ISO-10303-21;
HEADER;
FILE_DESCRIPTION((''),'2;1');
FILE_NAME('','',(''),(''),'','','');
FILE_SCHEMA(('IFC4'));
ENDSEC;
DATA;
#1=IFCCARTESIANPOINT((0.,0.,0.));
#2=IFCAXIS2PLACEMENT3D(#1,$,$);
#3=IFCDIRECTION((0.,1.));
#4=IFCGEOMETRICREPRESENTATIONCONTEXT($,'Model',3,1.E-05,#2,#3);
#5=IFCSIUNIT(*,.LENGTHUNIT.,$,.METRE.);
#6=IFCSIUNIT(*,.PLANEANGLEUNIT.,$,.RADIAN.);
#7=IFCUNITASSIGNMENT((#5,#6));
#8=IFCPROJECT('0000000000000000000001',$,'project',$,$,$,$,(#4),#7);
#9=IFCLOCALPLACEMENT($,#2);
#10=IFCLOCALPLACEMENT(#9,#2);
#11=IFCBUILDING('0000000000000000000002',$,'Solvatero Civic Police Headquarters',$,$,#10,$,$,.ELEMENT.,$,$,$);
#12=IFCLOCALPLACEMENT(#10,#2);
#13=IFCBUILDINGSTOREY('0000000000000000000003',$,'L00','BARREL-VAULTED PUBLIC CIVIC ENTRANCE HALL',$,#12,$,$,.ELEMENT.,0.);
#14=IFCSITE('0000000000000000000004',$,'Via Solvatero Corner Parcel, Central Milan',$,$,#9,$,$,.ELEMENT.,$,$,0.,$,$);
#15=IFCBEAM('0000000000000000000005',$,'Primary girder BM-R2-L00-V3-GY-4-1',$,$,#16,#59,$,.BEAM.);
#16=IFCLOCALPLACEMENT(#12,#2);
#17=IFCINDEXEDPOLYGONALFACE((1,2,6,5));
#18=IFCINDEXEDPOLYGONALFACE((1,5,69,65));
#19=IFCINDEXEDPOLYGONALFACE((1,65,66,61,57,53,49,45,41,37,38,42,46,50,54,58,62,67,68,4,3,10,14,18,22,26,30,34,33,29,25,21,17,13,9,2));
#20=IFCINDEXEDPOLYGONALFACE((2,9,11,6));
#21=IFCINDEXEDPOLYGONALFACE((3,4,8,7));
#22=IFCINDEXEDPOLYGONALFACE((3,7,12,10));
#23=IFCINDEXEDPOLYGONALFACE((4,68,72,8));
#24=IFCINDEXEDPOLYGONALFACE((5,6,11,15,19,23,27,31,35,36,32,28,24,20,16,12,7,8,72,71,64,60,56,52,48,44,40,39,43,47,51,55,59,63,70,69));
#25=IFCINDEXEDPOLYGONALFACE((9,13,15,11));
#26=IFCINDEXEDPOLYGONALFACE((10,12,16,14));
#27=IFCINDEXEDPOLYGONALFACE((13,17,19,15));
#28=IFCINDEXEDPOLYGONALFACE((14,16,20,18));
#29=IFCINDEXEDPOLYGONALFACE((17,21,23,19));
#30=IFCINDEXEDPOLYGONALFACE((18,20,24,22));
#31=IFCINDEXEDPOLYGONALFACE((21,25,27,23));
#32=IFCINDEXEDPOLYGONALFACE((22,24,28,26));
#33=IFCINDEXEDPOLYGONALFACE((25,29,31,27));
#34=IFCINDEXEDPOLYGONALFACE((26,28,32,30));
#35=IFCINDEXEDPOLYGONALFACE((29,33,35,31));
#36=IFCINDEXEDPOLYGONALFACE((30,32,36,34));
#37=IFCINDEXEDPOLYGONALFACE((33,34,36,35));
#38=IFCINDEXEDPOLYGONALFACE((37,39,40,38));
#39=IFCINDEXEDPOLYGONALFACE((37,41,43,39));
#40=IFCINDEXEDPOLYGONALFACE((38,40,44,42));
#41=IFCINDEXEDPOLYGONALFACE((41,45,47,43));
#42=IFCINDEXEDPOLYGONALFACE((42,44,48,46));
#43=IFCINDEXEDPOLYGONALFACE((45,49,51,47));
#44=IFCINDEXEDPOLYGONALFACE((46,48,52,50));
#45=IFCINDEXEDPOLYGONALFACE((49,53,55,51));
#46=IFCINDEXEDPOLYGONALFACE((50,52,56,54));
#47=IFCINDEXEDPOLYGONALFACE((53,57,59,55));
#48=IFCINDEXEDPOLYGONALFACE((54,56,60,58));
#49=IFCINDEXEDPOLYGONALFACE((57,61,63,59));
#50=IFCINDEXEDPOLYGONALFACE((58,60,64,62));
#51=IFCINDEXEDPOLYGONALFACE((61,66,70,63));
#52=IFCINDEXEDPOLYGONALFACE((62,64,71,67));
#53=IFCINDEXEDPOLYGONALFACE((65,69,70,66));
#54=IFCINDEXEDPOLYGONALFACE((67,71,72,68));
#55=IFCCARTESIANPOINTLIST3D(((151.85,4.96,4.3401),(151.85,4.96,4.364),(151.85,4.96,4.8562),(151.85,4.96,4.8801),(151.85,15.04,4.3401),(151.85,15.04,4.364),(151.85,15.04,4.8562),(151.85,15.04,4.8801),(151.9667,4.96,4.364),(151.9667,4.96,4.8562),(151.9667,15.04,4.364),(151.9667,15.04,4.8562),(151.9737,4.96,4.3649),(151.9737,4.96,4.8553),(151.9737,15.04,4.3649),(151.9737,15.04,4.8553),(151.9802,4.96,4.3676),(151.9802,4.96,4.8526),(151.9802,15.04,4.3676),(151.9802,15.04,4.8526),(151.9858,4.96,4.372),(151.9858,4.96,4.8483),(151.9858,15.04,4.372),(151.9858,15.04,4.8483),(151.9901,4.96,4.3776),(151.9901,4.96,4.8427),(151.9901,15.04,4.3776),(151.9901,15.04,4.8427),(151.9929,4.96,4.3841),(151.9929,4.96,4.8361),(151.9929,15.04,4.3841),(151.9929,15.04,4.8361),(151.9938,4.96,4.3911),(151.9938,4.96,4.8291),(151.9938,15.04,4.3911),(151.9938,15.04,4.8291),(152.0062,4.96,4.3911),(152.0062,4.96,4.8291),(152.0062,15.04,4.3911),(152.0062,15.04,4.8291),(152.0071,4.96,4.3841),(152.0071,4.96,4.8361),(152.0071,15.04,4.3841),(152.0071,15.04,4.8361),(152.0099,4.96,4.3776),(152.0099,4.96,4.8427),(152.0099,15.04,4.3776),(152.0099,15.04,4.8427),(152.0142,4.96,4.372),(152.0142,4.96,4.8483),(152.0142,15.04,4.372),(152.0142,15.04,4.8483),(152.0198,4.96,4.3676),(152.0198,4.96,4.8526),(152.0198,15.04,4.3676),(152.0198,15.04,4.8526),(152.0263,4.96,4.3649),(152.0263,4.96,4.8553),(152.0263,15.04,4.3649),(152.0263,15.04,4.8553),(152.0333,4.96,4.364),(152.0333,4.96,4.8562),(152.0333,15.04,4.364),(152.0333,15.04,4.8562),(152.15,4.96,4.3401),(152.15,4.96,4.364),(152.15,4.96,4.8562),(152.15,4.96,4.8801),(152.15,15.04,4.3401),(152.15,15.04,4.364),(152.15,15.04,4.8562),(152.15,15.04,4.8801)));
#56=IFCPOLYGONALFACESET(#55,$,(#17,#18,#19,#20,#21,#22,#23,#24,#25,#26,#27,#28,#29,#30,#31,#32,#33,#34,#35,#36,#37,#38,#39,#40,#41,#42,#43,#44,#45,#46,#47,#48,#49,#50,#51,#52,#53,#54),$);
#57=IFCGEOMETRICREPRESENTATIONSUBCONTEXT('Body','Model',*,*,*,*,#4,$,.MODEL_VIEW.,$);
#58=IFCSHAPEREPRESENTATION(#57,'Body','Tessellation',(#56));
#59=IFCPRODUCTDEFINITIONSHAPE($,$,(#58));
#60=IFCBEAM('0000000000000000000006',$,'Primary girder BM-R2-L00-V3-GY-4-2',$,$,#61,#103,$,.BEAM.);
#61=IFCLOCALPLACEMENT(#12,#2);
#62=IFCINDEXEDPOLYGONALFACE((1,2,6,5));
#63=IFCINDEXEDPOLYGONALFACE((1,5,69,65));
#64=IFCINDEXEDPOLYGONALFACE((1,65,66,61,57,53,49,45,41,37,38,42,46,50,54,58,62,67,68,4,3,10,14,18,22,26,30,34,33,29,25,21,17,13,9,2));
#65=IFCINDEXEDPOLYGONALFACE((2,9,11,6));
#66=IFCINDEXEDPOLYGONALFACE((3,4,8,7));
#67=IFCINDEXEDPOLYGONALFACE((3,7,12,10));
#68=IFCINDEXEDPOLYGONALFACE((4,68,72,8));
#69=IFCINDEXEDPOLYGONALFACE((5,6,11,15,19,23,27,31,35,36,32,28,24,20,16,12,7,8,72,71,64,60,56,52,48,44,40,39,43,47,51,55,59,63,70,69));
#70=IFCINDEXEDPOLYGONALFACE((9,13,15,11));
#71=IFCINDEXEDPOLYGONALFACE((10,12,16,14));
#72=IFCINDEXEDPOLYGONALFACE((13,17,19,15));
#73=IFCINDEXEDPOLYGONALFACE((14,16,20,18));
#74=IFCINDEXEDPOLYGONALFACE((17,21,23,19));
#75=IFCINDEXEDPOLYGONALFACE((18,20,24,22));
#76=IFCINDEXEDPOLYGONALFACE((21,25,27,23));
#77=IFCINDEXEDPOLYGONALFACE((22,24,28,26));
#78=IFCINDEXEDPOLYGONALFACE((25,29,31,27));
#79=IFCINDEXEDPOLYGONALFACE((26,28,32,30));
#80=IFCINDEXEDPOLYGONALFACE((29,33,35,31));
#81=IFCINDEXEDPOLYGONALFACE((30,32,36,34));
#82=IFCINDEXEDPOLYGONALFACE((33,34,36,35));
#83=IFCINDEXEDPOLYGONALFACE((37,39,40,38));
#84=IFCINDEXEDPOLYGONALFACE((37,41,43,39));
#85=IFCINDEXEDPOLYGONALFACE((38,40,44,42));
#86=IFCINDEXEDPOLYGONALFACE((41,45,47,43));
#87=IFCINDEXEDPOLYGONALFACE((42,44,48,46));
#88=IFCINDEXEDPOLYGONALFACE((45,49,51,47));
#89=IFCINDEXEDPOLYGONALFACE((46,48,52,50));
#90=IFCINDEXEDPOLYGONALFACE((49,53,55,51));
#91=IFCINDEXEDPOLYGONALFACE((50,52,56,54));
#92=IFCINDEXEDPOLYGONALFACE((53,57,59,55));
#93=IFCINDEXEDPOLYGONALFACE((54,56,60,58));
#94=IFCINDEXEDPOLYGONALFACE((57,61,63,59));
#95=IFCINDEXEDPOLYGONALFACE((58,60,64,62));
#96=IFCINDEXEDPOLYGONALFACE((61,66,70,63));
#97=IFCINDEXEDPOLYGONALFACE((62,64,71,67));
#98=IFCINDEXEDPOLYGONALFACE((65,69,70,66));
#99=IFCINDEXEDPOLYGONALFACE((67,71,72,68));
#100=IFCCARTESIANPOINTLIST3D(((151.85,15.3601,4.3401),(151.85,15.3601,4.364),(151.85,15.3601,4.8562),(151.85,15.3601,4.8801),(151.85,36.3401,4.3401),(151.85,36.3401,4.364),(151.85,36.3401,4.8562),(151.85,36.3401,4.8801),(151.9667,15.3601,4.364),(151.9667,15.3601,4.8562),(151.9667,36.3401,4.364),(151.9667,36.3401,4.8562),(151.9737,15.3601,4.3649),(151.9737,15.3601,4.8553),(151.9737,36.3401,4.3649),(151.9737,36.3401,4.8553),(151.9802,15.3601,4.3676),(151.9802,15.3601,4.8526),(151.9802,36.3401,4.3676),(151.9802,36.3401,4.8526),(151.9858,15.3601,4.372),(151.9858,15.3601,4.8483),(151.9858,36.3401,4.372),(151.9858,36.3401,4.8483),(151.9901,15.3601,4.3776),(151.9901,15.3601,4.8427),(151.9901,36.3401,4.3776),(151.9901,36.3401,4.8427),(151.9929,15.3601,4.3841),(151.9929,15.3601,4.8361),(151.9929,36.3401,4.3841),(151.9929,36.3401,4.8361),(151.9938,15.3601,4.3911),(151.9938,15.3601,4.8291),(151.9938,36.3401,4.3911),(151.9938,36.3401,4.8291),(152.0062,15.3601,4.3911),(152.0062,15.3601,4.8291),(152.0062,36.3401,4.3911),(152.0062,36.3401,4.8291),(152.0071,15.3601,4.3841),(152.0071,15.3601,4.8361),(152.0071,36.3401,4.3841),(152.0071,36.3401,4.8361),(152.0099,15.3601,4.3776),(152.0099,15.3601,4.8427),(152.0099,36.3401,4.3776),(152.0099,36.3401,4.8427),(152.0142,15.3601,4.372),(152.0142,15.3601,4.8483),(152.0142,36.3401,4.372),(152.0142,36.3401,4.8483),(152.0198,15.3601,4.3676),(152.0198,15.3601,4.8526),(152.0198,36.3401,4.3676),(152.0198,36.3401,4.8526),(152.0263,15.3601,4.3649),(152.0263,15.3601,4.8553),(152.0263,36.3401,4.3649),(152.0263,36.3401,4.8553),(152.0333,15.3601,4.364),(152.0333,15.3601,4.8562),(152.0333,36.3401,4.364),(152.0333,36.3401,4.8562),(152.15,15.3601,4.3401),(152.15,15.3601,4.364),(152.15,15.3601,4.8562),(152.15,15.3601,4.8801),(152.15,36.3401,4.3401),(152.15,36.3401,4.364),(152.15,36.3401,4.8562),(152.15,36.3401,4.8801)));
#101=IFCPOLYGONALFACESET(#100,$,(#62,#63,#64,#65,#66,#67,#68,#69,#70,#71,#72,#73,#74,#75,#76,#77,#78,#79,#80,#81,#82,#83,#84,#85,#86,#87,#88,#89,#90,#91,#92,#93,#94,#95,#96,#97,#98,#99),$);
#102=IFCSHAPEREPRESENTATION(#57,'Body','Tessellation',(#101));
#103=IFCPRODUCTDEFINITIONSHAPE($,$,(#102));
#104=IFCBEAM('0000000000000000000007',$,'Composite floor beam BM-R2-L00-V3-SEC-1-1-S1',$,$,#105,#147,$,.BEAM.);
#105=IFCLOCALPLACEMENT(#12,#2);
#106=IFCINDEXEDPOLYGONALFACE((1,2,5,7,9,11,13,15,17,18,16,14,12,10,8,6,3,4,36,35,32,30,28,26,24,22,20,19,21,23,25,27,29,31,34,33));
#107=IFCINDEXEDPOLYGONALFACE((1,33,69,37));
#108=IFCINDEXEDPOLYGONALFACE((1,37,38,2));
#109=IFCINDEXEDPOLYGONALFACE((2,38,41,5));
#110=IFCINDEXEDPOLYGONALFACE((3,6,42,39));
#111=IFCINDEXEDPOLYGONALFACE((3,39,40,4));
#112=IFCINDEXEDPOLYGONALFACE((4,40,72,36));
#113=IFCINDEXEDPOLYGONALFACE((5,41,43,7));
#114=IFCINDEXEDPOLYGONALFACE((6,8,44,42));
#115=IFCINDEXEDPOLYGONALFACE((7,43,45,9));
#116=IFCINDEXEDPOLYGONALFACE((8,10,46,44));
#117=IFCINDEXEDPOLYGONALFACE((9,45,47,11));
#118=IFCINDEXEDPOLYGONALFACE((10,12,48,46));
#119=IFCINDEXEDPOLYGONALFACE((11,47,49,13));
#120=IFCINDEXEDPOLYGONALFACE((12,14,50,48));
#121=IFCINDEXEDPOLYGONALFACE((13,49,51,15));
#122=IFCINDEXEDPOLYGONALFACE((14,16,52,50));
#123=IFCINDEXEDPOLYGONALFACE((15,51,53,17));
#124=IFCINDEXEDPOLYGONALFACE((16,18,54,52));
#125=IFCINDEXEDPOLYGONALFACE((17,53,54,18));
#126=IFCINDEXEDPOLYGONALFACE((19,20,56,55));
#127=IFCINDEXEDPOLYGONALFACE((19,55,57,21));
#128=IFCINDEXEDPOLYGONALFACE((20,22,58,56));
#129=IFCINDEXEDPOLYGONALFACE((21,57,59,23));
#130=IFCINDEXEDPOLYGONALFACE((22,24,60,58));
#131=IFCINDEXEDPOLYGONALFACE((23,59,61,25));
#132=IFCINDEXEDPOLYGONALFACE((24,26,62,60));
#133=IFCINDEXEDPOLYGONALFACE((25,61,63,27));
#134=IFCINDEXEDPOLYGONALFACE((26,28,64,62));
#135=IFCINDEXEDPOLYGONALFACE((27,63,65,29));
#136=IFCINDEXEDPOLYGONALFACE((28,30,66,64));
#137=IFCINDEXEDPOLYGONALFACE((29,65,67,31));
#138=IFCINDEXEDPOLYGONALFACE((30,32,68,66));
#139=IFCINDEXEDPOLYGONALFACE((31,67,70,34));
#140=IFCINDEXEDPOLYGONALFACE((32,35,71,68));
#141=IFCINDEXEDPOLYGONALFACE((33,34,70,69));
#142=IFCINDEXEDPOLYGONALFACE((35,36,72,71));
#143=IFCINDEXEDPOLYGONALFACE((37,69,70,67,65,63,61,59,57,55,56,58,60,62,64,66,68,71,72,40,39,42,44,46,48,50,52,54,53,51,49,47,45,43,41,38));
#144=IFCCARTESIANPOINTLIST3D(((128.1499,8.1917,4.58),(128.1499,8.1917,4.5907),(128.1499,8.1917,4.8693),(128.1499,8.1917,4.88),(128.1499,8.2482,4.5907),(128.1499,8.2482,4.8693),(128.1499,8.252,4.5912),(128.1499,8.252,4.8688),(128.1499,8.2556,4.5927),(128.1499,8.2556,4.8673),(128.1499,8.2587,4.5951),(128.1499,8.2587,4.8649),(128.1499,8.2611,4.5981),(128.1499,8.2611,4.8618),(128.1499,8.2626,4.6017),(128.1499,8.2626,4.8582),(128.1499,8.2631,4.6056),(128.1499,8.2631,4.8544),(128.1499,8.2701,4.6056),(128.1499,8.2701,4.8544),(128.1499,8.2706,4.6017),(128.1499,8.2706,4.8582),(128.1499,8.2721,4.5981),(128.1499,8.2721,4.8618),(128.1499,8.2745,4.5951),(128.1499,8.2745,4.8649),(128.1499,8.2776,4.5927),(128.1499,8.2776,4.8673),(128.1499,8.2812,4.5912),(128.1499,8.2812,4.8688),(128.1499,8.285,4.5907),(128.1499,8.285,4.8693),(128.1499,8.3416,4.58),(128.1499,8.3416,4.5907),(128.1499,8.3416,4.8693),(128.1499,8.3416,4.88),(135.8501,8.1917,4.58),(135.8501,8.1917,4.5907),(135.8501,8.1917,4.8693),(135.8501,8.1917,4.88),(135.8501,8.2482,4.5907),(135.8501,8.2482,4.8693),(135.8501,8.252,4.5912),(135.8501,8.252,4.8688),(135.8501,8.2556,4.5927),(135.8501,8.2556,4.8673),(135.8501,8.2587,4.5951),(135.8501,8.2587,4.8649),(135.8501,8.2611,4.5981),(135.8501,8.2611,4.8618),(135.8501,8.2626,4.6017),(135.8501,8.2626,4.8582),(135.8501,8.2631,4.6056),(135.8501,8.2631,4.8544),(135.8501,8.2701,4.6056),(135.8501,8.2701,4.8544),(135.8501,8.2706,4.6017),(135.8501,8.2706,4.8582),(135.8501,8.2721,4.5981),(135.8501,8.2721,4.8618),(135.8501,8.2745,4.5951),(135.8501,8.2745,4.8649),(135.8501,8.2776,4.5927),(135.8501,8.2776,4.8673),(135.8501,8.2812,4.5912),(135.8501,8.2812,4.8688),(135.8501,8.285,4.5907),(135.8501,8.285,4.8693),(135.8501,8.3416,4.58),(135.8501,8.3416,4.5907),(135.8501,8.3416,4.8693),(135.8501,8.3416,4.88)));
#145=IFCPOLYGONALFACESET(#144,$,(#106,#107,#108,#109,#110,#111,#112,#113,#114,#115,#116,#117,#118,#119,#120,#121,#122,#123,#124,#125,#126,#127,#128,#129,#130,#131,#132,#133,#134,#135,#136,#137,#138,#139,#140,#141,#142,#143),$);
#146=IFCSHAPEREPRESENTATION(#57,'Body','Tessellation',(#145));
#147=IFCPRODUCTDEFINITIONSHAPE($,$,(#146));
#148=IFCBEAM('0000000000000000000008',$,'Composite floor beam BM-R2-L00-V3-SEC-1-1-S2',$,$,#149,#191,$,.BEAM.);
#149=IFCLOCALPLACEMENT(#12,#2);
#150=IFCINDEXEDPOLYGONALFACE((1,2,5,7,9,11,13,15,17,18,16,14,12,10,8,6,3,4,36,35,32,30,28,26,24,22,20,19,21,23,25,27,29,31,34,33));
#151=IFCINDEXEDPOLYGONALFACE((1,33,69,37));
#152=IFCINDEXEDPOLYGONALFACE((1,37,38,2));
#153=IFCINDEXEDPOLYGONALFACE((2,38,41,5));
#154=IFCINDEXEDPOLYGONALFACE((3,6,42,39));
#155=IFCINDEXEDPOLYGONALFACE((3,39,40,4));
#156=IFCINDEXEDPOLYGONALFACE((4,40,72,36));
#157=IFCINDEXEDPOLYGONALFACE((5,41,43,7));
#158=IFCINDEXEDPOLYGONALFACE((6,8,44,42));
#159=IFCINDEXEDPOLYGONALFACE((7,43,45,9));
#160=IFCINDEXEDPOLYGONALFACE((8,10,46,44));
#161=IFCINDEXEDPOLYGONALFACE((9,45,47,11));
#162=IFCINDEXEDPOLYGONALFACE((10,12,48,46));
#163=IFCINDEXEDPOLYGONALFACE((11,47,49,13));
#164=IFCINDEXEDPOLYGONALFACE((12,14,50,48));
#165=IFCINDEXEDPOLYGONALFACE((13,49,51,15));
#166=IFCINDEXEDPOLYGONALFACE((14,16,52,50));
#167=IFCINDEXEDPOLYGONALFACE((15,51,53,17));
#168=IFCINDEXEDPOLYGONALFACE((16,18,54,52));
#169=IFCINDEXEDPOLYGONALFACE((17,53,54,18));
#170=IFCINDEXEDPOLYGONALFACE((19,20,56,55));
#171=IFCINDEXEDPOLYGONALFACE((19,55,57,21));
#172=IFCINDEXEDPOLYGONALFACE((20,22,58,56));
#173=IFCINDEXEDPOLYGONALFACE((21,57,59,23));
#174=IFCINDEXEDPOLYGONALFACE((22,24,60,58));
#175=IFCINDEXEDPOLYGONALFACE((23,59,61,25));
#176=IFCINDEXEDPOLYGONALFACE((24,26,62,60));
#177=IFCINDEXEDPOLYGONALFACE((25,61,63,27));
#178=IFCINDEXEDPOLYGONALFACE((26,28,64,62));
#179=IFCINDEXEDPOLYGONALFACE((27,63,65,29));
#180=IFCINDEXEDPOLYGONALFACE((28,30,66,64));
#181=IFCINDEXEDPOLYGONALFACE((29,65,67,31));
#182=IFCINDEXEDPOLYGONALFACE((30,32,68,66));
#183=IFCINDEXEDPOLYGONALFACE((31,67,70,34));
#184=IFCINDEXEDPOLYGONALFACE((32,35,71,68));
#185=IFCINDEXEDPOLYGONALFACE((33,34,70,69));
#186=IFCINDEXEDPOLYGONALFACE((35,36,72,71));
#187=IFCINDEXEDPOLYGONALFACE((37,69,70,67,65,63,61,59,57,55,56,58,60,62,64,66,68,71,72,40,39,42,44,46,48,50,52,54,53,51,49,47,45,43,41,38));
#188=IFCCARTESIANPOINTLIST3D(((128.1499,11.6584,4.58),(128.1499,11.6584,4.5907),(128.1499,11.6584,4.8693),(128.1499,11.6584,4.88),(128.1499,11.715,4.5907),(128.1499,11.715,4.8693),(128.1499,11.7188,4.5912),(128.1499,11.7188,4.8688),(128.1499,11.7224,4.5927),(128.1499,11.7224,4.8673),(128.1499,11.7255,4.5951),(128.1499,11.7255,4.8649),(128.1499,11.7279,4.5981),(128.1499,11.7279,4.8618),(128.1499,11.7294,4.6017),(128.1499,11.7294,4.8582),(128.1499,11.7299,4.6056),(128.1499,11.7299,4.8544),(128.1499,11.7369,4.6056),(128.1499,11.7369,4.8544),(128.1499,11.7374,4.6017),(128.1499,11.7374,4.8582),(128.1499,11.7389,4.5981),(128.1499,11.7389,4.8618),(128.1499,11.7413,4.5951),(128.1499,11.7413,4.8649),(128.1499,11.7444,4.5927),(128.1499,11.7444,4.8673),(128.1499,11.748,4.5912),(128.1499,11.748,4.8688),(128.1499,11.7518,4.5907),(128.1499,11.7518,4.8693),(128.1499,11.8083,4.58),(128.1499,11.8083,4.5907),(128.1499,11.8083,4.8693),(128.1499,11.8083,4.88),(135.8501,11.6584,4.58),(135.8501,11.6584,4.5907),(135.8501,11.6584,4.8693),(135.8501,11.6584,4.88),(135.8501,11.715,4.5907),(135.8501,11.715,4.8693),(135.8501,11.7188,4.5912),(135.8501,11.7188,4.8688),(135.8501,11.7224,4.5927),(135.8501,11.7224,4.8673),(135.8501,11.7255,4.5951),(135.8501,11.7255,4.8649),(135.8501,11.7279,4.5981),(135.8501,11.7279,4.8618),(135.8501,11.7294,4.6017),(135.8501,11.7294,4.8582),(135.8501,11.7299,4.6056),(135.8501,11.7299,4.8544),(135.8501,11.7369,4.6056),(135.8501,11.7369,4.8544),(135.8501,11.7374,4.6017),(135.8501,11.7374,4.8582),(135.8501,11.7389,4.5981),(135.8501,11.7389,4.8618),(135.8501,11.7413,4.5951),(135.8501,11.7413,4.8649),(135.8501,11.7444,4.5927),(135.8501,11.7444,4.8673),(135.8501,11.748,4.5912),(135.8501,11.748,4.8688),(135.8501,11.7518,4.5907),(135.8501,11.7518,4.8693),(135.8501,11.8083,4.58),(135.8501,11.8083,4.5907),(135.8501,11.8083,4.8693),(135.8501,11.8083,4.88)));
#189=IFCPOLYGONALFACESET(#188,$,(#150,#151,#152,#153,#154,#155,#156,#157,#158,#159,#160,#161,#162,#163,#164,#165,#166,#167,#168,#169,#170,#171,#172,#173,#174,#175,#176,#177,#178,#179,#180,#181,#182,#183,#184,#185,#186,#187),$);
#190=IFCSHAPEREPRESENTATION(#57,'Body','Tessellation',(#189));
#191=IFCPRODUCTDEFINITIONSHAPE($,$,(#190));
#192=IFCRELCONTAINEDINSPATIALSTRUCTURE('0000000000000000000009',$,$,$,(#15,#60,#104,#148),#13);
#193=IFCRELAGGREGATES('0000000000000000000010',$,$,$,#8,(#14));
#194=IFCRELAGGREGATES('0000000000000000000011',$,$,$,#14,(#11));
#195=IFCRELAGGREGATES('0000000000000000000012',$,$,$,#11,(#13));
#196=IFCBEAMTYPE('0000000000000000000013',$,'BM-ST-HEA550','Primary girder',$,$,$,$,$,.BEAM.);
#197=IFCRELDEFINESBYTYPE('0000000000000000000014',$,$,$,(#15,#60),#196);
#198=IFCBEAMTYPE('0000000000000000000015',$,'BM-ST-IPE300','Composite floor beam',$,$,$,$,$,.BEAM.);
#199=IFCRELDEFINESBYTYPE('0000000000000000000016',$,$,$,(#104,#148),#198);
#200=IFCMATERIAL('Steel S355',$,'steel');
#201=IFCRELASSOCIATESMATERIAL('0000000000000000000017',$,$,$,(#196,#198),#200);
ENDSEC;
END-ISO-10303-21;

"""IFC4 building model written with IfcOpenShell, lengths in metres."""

from ifc_helpers import new_model, si_unit, direction, frame, origin, origin_2d, place, context, subcontext, project, spatial, i_section, extrude, material, material_profile, profile_set, type_object, element, save


model = new_model("IFC4")

# Units and contexts
model_context = context("Model", 3, precision=1e-05, world=origin(), true_north=direction((0.0, 1.0)))
body_context = subcontext(model_context, "Body", "Model", "MODEL_VIEW")
ifc_project = project(units=[si_unit("LENGTHUNIT", "METRE"), si_unit("PLANEANGLEUNIT", "RADIAN")], contexts=[model_context])

# Site, building, storey
site_placement = place(None, origin())
site = spatial("IfcSite", under=ifc_project, at=site_placement, Name="Via Solvatero Corner Parcel, Central Milan", CompositionType="ELEMENT", RefElevation=0.0)
building_placement = place(site_placement, origin())
building = spatial("IfcBuilding", under=site, at=building_placement, Name="Solvatero Civic Police Headquarters", CompositionType="ELEMENT")
storey_placement = place(building_placement, origin())
storey = spatial("IfcBuildingStorey", under=building, at=storey_placement, Name="L00", Description="BARREL-VAULTED PUBLIC CIVIC ENTRANCE HALL", CompositionType="ELEMENT", Elevation=0.0)

# Beams
ifc_material_1 = material(Name="Steel S355", Category="steel")
ifc_material_profile_1 = material_profile(ifc_material_1, i_section(OverallWidth=0.3, OverallDepth=0.54, WebThickness=0.0125, FlangeThickness=0.0239, FilletRadius=0.0271, at=origin_2d()), Name="HEA 550")
ifc_profile_set_1 = profile_set([ifc_material_profile_1], Name="Steel S355")
beam_type_1 = type_object("IfcBeamType", Name="BM-ST-HEA550", Description="Primary girder", PredefinedType="BEAM", material=ifc_profile_set_1)
for number, where, z_axis, x_axis, name in (
    (1, (152.0, 4.96, 4.6101), (0.0, 1.0, 0.0), (-1.0, 0.0, 0.0), "Primary girder BM-R2-L00-V3-GY-4-1"),
):
    element("IfcBeam", number, at=place(storey_placement, frame(where, z_axis=z_axis, x_axis=x_axis)), inside=storey, type_object=beam_type_1, Name=name, PredefinedType="BEAM", context=body_context, shape_type="SweptSolid", body=[
        extrude(i_section(OverallWidth=0.3, OverallDepth=0.54, WebThickness=0.0125, FlangeThickness=0.0239, FilletRadius=0.0271, at=origin_2d()), origin(), (0.0, 0.0, 1.0), 10.0801),
    ])
beam_1_placement = place(storey_placement, frame((152.0, 15.3601, 4.6101), z_axis=(0.0, 1.0, 0.0), x_axis=(-1.0, 0.0, 0.0)))
element("IfcBeam", 2, at=beam_1_placement, inside=storey, type_object=beam_type_1, Name="Primary girder BM-R2-L00-V3-GY-4-2", PredefinedType="BEAM", context=body_context, shape_type="SweptSolid", body=[
    extrude(i_section(OverallWidth=0.3, OverallDepth=0.54, WebThickness=0.0125, FlangeThickness=0.0239, FilletRadius=0.0271, at=origin_2d()), origin(), (0.0, 0.0, 1.0), 20.98),
])
ifc_material_profile_2 = material_profile(ifc_material_1, i_section(OverallWidth=0.1499, OverallDepth=0.3, WebThickness=0.0071, FlangeThickness=0.0107, FilletRadius=0.0149, at=origin_2d()), Name="IPE 300")
ifc_profile_set_2 = profile_set([ifc_material_profile_2], Name="Steel S355")
beam_type_2 = type_object("IfcBeamType", Name="BM-ST-IPE300", Description="Composite floor beam", PredefinedType="BEAM", material=ifc_profile_set_2)
for number, where, z_axis, x_axis, name in (
    (3, (128.1499, 8.2666, 4.73), (1.0, 0.0, 0.0), (0.0, 1.0, 0.0), "Composite floor beam BM-R2-L00-V3-SEC-1-1-S1"),
    (4, (128.1499, 11.7334, 4.73), (1.0, 0.0, 0.0), (0.0, 1.0, 0.0), "Composite floor beam BM-R2-L00-V3-SEC-1-1-S2"),
):
    element("IfcBeam", number, at=place(storey_placement, frame(where, z_axis=z_axis, x_axis=x_axis)), inside=storey, type_object=beam_type_2, Name=name, PredefinedType="BEAM", context=body_context, shape_type="SweptSolid", body=[
        extrude(i_section(OverallWidth=0.1499, OverallDepth=0.3, WebThickness=0.0071, FlangeThickness=0.0107, FilletRadius=0.0149, at=origin_2d()), origin(), (0.0, 0.0, 1.0), 7.7002),
    ])

save(model, "model.ifc")
